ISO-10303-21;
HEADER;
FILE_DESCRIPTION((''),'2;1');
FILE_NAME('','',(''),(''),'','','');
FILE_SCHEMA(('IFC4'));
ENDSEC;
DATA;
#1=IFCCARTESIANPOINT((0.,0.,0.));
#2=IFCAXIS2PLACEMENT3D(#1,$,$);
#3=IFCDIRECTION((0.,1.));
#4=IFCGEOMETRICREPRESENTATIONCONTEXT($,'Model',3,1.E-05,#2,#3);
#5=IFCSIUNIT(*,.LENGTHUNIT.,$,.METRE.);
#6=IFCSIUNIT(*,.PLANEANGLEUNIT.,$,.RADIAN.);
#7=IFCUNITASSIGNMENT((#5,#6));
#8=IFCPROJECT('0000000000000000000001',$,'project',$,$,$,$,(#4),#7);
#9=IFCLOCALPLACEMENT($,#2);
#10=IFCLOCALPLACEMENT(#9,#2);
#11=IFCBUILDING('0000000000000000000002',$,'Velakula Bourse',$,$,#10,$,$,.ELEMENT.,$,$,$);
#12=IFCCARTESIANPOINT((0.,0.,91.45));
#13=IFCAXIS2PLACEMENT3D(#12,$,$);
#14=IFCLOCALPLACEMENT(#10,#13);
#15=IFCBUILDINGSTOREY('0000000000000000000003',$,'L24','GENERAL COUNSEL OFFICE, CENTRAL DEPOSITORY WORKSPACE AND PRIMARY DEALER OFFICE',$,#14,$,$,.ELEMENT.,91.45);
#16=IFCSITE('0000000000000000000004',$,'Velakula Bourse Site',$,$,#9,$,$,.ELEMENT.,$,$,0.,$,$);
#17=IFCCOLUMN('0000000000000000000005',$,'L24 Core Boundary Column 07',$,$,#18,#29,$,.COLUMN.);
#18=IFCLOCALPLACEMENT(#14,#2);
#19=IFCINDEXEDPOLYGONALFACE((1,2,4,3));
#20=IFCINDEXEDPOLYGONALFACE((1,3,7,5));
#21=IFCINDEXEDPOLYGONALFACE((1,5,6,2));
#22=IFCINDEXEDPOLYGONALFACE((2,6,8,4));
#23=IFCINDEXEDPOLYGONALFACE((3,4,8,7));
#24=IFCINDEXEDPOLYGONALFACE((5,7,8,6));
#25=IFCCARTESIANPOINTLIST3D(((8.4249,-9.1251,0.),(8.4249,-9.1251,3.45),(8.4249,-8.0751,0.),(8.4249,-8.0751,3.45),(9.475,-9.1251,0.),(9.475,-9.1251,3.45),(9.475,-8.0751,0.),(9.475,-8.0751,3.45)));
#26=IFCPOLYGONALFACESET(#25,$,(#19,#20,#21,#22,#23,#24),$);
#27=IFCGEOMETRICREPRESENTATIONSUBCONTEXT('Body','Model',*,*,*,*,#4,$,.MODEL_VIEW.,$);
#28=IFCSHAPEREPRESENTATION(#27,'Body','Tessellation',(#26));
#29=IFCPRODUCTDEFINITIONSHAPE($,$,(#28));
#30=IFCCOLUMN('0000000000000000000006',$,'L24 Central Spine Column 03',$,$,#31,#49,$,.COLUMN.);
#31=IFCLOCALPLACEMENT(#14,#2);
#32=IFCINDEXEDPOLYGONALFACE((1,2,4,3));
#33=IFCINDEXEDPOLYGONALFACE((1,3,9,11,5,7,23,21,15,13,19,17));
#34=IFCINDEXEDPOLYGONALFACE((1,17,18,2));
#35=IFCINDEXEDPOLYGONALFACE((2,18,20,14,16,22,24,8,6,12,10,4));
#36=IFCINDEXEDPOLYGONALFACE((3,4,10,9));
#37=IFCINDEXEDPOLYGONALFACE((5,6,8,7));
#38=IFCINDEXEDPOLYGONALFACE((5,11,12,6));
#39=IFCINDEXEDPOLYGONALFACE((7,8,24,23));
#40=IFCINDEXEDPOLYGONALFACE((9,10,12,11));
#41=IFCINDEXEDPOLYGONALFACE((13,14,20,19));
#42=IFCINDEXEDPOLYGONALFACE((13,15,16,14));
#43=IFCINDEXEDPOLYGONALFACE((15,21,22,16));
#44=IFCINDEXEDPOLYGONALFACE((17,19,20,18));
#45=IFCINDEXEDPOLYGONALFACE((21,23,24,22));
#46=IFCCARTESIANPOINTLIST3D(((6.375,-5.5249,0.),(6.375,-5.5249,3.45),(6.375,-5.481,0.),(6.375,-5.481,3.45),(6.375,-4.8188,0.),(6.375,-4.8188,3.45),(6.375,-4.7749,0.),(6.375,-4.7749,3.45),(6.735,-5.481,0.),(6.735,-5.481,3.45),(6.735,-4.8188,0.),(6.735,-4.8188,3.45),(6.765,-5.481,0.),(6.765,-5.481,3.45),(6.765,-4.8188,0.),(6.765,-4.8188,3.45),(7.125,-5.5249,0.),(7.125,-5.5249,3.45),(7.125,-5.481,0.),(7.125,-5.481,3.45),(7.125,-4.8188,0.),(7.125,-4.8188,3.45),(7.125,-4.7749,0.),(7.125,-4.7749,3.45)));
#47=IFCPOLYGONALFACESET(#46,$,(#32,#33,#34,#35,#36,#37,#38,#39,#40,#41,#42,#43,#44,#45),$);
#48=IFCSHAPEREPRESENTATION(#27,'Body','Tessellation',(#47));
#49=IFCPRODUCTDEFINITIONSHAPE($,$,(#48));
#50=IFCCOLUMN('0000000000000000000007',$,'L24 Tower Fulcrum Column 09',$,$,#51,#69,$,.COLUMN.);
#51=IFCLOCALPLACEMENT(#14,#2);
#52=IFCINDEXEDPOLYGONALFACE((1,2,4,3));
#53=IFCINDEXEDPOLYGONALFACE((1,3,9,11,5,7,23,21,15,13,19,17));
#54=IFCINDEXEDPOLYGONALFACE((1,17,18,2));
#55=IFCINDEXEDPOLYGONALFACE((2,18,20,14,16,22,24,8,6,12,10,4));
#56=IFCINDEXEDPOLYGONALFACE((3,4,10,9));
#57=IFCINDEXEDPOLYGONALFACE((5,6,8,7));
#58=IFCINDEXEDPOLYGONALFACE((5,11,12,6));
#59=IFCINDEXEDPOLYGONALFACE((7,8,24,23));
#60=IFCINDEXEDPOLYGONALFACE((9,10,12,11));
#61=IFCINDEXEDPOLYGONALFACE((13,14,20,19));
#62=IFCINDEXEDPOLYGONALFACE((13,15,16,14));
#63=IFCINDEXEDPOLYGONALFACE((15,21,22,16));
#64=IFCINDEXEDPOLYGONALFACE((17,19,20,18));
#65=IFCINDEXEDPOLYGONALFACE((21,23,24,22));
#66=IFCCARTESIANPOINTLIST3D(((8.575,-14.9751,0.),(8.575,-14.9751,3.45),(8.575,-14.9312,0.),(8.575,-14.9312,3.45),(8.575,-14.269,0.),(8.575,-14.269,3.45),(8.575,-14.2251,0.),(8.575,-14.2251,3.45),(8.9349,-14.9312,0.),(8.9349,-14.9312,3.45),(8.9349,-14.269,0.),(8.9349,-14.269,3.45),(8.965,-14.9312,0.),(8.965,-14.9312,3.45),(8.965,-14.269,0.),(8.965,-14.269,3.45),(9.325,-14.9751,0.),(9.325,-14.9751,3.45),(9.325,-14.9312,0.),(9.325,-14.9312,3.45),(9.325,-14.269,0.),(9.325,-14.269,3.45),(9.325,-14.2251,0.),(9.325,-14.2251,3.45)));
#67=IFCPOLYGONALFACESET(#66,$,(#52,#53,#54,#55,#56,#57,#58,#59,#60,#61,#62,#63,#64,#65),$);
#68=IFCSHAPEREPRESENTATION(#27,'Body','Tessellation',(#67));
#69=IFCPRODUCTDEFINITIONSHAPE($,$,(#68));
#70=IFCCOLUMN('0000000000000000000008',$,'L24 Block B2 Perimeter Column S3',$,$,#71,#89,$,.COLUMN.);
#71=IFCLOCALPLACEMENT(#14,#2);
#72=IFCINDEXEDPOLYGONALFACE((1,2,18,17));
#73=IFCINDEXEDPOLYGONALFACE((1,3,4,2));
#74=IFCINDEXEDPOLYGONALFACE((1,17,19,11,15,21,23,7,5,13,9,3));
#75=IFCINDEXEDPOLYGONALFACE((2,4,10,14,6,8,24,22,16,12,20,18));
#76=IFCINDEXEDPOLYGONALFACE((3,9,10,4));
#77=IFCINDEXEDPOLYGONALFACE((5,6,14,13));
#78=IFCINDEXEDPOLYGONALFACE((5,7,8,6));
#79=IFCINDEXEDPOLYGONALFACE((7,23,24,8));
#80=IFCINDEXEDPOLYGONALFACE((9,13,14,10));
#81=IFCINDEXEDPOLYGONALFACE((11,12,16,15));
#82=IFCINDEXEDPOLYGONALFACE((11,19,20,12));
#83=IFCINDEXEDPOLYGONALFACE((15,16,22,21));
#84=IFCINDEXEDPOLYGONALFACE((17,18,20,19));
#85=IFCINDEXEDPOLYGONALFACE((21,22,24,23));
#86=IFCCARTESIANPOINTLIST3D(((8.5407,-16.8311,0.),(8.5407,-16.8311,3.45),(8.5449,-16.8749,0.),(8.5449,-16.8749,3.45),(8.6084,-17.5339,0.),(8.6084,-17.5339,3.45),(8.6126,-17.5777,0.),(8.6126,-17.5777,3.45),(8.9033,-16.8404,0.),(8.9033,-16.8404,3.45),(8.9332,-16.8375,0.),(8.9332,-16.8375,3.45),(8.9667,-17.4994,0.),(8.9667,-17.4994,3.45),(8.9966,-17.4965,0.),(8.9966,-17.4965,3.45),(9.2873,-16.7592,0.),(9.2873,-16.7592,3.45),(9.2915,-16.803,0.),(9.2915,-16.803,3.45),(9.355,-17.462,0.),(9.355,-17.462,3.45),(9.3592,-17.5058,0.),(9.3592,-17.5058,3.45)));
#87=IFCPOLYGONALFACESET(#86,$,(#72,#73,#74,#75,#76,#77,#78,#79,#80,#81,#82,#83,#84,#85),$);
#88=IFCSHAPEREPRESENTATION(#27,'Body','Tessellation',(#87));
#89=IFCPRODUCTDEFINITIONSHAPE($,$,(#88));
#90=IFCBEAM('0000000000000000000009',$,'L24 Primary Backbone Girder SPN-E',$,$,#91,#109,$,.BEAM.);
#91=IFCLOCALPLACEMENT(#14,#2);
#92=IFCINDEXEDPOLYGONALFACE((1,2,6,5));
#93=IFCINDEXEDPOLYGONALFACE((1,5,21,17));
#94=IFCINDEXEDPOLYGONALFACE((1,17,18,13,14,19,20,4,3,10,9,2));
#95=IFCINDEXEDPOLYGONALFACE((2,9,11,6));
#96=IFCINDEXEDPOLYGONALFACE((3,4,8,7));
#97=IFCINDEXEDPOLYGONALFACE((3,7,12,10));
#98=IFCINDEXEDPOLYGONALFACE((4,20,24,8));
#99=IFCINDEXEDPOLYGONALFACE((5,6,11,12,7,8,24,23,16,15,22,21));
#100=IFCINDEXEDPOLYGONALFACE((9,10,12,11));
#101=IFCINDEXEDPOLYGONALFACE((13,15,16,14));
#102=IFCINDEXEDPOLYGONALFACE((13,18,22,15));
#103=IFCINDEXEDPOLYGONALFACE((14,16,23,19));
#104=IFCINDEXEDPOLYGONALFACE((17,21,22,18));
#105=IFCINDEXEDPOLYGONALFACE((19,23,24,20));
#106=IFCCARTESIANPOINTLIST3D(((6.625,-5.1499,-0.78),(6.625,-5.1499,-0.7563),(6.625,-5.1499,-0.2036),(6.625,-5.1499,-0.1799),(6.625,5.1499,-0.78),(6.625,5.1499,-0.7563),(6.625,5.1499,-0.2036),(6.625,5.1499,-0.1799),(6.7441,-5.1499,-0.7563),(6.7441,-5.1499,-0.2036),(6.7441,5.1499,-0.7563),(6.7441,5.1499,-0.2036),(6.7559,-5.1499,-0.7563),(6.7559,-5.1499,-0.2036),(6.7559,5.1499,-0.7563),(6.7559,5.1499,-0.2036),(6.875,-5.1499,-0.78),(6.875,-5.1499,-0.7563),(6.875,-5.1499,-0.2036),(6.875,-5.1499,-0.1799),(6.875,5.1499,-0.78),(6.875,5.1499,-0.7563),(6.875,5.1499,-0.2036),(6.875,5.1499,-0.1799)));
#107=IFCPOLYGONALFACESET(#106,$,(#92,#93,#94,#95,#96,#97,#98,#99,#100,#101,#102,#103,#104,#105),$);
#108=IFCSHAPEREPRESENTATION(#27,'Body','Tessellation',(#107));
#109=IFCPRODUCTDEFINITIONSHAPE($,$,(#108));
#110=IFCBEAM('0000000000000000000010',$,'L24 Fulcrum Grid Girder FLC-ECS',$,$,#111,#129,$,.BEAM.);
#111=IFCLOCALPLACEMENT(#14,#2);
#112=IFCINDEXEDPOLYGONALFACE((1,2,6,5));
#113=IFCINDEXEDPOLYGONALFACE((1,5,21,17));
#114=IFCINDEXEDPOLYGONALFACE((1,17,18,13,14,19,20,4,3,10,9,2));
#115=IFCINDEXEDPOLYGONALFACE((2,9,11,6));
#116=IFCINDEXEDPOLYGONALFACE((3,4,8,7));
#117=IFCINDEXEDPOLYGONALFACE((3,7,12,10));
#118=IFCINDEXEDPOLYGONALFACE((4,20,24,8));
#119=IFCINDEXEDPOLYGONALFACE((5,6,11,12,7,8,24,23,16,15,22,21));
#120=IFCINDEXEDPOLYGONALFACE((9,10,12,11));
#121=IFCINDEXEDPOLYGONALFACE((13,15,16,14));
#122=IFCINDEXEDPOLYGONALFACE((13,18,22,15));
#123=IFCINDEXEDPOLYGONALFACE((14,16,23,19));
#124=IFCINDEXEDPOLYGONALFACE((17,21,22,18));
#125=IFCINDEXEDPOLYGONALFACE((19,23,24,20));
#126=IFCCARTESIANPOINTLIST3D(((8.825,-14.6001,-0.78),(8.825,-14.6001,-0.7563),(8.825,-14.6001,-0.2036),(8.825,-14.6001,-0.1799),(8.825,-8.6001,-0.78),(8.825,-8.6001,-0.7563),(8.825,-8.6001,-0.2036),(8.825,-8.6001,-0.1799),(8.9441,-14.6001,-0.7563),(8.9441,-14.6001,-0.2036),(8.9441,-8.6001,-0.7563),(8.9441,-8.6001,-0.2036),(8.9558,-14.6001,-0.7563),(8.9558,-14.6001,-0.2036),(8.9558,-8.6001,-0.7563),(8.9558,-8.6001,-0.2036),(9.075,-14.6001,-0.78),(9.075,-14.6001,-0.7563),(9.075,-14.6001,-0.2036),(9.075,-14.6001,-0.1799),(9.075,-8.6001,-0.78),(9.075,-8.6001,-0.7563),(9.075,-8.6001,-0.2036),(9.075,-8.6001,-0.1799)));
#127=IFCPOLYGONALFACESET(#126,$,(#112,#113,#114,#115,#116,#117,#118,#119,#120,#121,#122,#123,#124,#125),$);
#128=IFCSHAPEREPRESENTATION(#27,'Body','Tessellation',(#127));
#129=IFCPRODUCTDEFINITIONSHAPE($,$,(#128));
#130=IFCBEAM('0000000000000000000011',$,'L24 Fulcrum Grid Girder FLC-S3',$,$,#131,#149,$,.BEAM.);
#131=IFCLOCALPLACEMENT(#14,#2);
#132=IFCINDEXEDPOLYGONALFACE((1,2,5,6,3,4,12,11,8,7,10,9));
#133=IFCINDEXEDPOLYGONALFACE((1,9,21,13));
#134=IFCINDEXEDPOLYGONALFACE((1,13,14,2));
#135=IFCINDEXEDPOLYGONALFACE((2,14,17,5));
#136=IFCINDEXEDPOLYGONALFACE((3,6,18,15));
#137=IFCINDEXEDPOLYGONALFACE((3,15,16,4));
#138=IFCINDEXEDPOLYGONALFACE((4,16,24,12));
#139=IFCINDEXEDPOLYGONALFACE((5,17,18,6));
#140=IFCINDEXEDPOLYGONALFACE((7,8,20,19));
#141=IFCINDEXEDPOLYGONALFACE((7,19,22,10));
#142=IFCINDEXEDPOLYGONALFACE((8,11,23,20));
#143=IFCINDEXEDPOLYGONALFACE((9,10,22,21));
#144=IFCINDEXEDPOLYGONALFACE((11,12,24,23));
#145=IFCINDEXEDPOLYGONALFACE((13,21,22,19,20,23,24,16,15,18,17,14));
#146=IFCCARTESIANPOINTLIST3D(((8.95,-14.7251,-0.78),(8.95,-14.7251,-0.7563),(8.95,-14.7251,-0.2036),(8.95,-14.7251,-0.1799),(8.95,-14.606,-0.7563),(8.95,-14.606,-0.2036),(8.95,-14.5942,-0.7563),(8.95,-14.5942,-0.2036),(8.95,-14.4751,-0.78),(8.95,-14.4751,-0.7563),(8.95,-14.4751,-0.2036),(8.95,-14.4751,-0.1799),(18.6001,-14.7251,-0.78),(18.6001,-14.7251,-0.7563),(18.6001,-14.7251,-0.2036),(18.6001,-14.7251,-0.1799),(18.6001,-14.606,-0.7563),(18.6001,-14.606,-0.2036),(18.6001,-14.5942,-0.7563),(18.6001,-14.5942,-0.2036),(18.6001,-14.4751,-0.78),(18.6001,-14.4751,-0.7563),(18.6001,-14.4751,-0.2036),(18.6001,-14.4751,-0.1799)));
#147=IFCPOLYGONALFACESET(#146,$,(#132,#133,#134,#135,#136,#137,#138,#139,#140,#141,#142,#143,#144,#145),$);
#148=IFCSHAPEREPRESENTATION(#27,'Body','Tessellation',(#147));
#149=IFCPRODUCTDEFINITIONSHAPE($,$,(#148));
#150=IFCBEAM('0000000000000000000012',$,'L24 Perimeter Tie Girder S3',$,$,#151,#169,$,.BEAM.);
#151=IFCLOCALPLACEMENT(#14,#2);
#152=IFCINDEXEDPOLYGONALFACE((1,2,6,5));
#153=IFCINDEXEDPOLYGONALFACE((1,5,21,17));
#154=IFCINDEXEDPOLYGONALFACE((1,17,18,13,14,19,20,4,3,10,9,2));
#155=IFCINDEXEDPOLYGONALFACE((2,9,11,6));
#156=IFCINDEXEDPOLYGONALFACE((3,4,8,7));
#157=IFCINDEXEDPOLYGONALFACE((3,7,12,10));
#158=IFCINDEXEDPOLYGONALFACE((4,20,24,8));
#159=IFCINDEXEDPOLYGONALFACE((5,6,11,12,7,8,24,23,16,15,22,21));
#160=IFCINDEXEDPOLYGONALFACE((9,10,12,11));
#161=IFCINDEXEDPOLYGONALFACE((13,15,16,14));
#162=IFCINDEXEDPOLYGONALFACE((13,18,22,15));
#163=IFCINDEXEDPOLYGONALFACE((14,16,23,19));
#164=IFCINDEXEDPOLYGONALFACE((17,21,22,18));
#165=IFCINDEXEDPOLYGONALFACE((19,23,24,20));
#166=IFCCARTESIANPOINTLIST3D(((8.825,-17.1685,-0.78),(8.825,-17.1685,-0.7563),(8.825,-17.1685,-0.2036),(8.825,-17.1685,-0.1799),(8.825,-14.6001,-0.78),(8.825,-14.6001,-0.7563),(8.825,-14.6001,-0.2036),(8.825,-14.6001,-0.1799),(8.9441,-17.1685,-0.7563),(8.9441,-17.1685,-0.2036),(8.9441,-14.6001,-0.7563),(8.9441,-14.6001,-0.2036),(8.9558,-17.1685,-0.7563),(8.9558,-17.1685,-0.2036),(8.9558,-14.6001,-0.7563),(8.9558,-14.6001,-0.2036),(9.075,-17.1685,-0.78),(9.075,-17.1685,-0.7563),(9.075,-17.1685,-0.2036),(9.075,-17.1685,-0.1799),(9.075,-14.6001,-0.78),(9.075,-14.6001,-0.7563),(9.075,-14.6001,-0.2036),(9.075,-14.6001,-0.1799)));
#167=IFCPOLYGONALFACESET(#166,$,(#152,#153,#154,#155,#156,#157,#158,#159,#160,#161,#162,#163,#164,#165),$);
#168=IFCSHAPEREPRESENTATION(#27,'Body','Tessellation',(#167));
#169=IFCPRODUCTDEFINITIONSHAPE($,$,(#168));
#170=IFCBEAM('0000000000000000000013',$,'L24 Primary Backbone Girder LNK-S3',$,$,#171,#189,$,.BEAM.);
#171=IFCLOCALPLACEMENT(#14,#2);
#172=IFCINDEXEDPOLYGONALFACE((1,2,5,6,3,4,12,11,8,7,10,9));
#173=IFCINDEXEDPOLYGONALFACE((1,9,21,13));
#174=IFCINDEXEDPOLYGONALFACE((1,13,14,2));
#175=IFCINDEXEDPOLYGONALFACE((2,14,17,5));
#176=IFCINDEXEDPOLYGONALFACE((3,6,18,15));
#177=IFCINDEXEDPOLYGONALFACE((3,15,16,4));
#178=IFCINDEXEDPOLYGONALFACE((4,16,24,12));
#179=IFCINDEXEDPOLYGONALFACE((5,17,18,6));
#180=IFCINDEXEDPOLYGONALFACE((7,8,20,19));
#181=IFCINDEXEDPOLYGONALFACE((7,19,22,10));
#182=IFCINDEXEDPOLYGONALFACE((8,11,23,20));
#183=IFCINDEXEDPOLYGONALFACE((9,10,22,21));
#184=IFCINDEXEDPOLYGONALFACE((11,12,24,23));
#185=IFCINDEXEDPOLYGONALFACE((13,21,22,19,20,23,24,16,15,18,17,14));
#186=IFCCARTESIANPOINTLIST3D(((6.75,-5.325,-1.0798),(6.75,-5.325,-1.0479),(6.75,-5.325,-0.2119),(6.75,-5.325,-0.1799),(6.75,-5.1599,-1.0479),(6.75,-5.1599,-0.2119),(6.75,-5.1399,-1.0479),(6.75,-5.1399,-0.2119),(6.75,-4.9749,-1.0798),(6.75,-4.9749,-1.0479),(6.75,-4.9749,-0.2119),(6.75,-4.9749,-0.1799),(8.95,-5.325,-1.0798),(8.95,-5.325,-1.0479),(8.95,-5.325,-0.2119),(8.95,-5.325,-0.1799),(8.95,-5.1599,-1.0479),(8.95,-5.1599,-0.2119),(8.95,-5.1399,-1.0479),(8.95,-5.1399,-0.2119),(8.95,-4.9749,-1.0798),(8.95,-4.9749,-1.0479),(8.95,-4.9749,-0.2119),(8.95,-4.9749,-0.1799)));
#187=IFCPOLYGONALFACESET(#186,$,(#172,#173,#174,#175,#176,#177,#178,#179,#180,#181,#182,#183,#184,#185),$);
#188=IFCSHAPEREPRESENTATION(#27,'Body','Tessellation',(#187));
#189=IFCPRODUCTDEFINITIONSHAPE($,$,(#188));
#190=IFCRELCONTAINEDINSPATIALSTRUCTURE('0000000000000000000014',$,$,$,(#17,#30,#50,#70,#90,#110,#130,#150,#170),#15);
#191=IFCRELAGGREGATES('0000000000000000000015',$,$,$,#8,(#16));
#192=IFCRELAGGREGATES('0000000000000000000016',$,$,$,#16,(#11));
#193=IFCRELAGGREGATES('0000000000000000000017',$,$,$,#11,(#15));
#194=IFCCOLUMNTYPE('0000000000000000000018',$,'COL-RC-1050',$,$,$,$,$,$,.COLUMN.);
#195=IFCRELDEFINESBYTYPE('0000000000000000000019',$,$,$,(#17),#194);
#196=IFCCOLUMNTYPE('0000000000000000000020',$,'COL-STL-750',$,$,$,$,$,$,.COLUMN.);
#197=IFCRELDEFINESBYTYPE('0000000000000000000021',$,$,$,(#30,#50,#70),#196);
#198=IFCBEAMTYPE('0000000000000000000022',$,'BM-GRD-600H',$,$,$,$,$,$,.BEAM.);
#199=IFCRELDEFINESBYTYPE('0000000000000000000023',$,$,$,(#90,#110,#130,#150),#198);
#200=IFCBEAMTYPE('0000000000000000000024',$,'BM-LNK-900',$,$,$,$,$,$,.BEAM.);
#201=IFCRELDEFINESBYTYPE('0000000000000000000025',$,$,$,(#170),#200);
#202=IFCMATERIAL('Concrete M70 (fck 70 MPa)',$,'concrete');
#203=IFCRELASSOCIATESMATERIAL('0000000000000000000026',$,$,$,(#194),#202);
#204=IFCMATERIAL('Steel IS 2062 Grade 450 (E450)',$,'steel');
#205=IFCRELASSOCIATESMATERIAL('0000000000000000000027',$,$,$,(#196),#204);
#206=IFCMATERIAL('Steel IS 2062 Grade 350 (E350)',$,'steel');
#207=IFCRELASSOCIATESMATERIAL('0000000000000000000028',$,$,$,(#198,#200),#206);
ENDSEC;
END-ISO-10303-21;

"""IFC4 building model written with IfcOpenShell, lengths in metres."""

from ifc_helpers import new_model, si_unit, direction, frame, origin, origin_2d, place, context, subcontext, project, spatial, rectangle, i_section, extrude, material, material_profile, profile_set, type_object, element, save


model = new_model("IFC4")

# Units and contexts
model_context = context("Model", 3, precision=1e-05, world=origin(), true_north=direction((0.0, 1.0)))
body_context = subcontext(model_context, "Body", "Model", "MODEL_VIEW")
ifc_project = project(units=[si_unit("LENGTHUNIT", "METRE"), si_unit("PLANEANGLEUNIT", "RADIAN")], contexts=[model_context])

# Site, building, storey
site_placement = place(None, origin())
site = spatial("IfcSite", under=ifc_project, at=site_placement, Name="Velakula Bourse Site", CompositionType="ELEMENT", RefElevation=0.0)
building_placement = place(site_placement, origin())
building = spatial("IfcBuilding", under=site, at=building_placement, Name="Velakula Bourse", CompositionType="ELEMENT")
storey_placement = place(building_placement, frame((0.0, 0.0, 91.45)))
storey = spatial("IfcBuildingStorey", under=building, at=storey_placement, Name="L24", Description="GENERAL COUNSEL OFFICE, CENTRAL DEPOSITORY WORKSPACE AND PRIMARY DEALER OFFICE", CompositionType="ELEMENT", Elevation=91.45)

# Columns
ifc_material_1 = material(Name="Concrete M70 (fck 70 MPa)", Category="concrete")
ifc_material_profile_1 = material_profile(ifc_material_1, rectangle(XDim=1.05, YDim=1.05, at=origin_2d()), Name="Concrete M70 (fck 70 MPa)")
ifc_profile_set_1 = profile_set([ifc_material_profile_1], Name="Concrete M70 (fck 70 MPa)")
column_type_1 = type_object("IfcColumnType", Name="COL-RC-1050", PredefinedType="COLUMN", material=ifc_profile_set_1)
column_placement = place(storey_placement, frame((8.95, -8.6001, 0.0), z_axis=(0.0, 0.0, 1.0), x_axis=(1.0, 0.0, 0.0)))
element("IfcColumn", 1, at=column_placement, inside=storey, type_object=column_type_1, Name="L24 Core Boundary Column 07", PredefinedType="COLUMN", context=body_context, shape_type="SweptSolid", body=[
    extrude(rectangle(XDim=1.05, YDim=1.05, at=origin_2d()), origin(), (0.0, 0.0, 1.0), 3.45),
])
ifc_material_2 = material(Name="Steel IS 2062 Grade 450 (E450)", Category="steel")
ifc_material_profile_2 = material_profile(ifc_material_2, i_section(OverallWidth=0.75, OverallDepth=0.75, WebThickness=0.03, FlangeThickness=0.0439, at=origin_2d()), Name="Steel IS 2062 Grade 450 (E450)")
ifc_profile_set_2 = profile_set([ifc_material_profile_2], Name="Steel IS 2062 Grade 450 (E450)")
column_type_2 = type_object("IfcColumnType", Name="COL-STL-750", PredefinedType="COLUMN", material=ifc_profile_set_2)
for number, where, z_axis, x_axis, name in (
    (2, (6.75, -5.1499, 0.0), (0.0, 0.0, 1.0), (1.0, 0.0, 0.0), "L24 Central Spine Column 03"),
    (3, (8.95, -14.6001, 0.0), (0.0, 0.0, 1.0), (1.0, 0.0, 0.0), "L24 Tower Fulcrum Column 09"),
    (4, (8.95, -17.1685, 0.0), (0.0, 0.0, 1.0), (0.995396, 0.095846, 0.0), "L24 Block B2 Perimeter Column S3"),
):
    element("IfcColumn", number, at=place(storey_placement, frame(where, z_axis=z_axis, x_axis=x_axis)), inside=storey, type_object=column_type_2, Name=name, PredefinedType="COLUMN", context=body_context, shape_type="SweptSolid", body=[
        extrude(i_section(OverallWidth=0.75, OverallDepth=0.75, WebThickness=0.03, FlangeThickness=0.0439, at=origin_2d()), origin(), (0.0, 0.0, 1.0), 3.45),
    ])

# Beams
ifc_material_3 = material(Name="Steel IS 2062 Grade 350 (E350)", Category="steel")
ifc_material_profile_3 = material_profile(ifc_material_3, i_section(OverallWidth=0.25, OverallDepth=0.6001, WebThickness=0.0117, FlangeThickness=0.0237, at=origin_2d()), Name="Steel IS 2062 Grade 350 (E350)")
ifc_profile_set_3 = profile_set([ifc_material_profile_3], Name="Steel IS 2062 Grade 350 (E350)")
beam_type_1 = type_object("IfcBeamType", Name="BM-GRD-600H", PredefinedType="BEAM", material=ifc_profile_set_3)
beam_1_placement = place(storey_placement, frame((6.75, -5.1499, -0.48), z_axis=(0.0, 1.0, 0.0), x_axis=(-1.0, 0.0, 0.0)))
element("IfcBeam", 5, at=beam_1_placement, inside=storey, type_object=beam_type_1, Name="L24 Primary Backbone Girder SPN-E", PredefinedType="BEAM", context=body_context, shape_type="SweptSolid", body=[
    extrude(i_section(OverallWidth=0.25, OverallDepth=0.6001, WebThickness=0.0117, FlangeThickness=0.0237, at=origin_2d()), origin(), (0.0, 0.0, 1.0), 10.2998),
])
beam_2_placement = place(storey_placement, frame((8.95, -14.6001, -0.48), z_axis=(0.0, 1.0, 0.0), x_axis=(-1.0, 0.0, 0.0)))
element("IfcBeam", 6, at=beam_2_placement, inside=storey, type_object=beam_type_1, Name="L24 Fulcrum Grid Girder FLC-ECS", PredefinedType="BEAM", context=body_context, shape_type="SweptSolid", body=[
    extrude(i_section(OverallWidth=0.25, OverallDepth=0.6001, WebThickness=0.0117, FlangeThickness=0.0237, at=origin_2d()), origin(), (0.0, 0.0, 1.0), 6.0),
])
beam_3_placement = place(storey_placement, frame((8.95, -14.6001, -0.48), z_axis=(1.0, 0.0, 0.0), x_axis=(0.0, 1.0, 0.0)))
element("IfcBeam", 7, at=beam_3_placement, inside=storey, type_object=beam_type_1, Name="L24 Fulcrum Grid Girder FLC-S3", PredefinedType="BEAM", context=body_context, shape_type="SweptSolid", body=[
    extrude(i_section(OverallWidth=0.25, OverallDepth=0.6001, WebThickness=0.0117, FlangeThickness=0.0237, at=origin_2d()), origin(), (0.0, 0.0, 1.0), 9.6501),
])
beam_4_placement = place(storey_placement, frame((8.95, -14.6001, -0.48), z_axis=(0.0, -1.0, 0.0), x_axis=(1.0, 0.0, 0.0)))
element("IfcBeam", 8, at=beam_4_placement, inside=storey, type_object=beam_type_1, Name="L24 Perimeter Tie Girder S3", PredefinedType="BEAM", context=body_context, shape_type="SweptSolid", body=[
    extrude(i_section(OverallWidth=0.25, OverallDepth=0.6001, WebThickness=0.0117, FlangeThickness=0.0237, at=origin_2d()), origin(), (0.0, 0.0, 1.0), 2.5684),
])
ifc_material_profile_4 = material_profile(ifc_material_3, i_section(OverallWidth=0.3501, OverallDepth=0.8999, WebThickness=0.02, FlangeThickness=0.032, at=origin_2d()), Name="Steel IS 2062 Grade 350 (E350)")
ifc_profile_set_4 = profile_set([ifc_material_profile_4], Name="Steel IS 2062 Grade 350 (E350)")
beam_type_2 = type_object("IfcBeamType", Name="BM-LNK-900", PredefinedType="BEAM", material=ifc_profile_set_4)
beam_5_placement = place(storey_placement, frame((6.75, -5.1499, -0.6299), z_axis=(1.0, 0.0, 0.0), x_axis=(0.0, 1.0, 0.0)))
element("IfcBeam", 9, at=beam_5_placement, inside=storey, type_object=beam_type_2, Name="L24 Primary Backbone Girder LNK-S3", PredefinedType="BEAM", context=body_context, shape_type="SweptSolid", body=[
    extrude(i_section(OverallWidth=0.3501, OverallDepth=0.8999, WebThickness=0.02, FlangeThickness=0.032, at=origin_2d()), origin(), (0.0, 0.0, 1.0), 2.2),
])

save(model, "model.ifc")
